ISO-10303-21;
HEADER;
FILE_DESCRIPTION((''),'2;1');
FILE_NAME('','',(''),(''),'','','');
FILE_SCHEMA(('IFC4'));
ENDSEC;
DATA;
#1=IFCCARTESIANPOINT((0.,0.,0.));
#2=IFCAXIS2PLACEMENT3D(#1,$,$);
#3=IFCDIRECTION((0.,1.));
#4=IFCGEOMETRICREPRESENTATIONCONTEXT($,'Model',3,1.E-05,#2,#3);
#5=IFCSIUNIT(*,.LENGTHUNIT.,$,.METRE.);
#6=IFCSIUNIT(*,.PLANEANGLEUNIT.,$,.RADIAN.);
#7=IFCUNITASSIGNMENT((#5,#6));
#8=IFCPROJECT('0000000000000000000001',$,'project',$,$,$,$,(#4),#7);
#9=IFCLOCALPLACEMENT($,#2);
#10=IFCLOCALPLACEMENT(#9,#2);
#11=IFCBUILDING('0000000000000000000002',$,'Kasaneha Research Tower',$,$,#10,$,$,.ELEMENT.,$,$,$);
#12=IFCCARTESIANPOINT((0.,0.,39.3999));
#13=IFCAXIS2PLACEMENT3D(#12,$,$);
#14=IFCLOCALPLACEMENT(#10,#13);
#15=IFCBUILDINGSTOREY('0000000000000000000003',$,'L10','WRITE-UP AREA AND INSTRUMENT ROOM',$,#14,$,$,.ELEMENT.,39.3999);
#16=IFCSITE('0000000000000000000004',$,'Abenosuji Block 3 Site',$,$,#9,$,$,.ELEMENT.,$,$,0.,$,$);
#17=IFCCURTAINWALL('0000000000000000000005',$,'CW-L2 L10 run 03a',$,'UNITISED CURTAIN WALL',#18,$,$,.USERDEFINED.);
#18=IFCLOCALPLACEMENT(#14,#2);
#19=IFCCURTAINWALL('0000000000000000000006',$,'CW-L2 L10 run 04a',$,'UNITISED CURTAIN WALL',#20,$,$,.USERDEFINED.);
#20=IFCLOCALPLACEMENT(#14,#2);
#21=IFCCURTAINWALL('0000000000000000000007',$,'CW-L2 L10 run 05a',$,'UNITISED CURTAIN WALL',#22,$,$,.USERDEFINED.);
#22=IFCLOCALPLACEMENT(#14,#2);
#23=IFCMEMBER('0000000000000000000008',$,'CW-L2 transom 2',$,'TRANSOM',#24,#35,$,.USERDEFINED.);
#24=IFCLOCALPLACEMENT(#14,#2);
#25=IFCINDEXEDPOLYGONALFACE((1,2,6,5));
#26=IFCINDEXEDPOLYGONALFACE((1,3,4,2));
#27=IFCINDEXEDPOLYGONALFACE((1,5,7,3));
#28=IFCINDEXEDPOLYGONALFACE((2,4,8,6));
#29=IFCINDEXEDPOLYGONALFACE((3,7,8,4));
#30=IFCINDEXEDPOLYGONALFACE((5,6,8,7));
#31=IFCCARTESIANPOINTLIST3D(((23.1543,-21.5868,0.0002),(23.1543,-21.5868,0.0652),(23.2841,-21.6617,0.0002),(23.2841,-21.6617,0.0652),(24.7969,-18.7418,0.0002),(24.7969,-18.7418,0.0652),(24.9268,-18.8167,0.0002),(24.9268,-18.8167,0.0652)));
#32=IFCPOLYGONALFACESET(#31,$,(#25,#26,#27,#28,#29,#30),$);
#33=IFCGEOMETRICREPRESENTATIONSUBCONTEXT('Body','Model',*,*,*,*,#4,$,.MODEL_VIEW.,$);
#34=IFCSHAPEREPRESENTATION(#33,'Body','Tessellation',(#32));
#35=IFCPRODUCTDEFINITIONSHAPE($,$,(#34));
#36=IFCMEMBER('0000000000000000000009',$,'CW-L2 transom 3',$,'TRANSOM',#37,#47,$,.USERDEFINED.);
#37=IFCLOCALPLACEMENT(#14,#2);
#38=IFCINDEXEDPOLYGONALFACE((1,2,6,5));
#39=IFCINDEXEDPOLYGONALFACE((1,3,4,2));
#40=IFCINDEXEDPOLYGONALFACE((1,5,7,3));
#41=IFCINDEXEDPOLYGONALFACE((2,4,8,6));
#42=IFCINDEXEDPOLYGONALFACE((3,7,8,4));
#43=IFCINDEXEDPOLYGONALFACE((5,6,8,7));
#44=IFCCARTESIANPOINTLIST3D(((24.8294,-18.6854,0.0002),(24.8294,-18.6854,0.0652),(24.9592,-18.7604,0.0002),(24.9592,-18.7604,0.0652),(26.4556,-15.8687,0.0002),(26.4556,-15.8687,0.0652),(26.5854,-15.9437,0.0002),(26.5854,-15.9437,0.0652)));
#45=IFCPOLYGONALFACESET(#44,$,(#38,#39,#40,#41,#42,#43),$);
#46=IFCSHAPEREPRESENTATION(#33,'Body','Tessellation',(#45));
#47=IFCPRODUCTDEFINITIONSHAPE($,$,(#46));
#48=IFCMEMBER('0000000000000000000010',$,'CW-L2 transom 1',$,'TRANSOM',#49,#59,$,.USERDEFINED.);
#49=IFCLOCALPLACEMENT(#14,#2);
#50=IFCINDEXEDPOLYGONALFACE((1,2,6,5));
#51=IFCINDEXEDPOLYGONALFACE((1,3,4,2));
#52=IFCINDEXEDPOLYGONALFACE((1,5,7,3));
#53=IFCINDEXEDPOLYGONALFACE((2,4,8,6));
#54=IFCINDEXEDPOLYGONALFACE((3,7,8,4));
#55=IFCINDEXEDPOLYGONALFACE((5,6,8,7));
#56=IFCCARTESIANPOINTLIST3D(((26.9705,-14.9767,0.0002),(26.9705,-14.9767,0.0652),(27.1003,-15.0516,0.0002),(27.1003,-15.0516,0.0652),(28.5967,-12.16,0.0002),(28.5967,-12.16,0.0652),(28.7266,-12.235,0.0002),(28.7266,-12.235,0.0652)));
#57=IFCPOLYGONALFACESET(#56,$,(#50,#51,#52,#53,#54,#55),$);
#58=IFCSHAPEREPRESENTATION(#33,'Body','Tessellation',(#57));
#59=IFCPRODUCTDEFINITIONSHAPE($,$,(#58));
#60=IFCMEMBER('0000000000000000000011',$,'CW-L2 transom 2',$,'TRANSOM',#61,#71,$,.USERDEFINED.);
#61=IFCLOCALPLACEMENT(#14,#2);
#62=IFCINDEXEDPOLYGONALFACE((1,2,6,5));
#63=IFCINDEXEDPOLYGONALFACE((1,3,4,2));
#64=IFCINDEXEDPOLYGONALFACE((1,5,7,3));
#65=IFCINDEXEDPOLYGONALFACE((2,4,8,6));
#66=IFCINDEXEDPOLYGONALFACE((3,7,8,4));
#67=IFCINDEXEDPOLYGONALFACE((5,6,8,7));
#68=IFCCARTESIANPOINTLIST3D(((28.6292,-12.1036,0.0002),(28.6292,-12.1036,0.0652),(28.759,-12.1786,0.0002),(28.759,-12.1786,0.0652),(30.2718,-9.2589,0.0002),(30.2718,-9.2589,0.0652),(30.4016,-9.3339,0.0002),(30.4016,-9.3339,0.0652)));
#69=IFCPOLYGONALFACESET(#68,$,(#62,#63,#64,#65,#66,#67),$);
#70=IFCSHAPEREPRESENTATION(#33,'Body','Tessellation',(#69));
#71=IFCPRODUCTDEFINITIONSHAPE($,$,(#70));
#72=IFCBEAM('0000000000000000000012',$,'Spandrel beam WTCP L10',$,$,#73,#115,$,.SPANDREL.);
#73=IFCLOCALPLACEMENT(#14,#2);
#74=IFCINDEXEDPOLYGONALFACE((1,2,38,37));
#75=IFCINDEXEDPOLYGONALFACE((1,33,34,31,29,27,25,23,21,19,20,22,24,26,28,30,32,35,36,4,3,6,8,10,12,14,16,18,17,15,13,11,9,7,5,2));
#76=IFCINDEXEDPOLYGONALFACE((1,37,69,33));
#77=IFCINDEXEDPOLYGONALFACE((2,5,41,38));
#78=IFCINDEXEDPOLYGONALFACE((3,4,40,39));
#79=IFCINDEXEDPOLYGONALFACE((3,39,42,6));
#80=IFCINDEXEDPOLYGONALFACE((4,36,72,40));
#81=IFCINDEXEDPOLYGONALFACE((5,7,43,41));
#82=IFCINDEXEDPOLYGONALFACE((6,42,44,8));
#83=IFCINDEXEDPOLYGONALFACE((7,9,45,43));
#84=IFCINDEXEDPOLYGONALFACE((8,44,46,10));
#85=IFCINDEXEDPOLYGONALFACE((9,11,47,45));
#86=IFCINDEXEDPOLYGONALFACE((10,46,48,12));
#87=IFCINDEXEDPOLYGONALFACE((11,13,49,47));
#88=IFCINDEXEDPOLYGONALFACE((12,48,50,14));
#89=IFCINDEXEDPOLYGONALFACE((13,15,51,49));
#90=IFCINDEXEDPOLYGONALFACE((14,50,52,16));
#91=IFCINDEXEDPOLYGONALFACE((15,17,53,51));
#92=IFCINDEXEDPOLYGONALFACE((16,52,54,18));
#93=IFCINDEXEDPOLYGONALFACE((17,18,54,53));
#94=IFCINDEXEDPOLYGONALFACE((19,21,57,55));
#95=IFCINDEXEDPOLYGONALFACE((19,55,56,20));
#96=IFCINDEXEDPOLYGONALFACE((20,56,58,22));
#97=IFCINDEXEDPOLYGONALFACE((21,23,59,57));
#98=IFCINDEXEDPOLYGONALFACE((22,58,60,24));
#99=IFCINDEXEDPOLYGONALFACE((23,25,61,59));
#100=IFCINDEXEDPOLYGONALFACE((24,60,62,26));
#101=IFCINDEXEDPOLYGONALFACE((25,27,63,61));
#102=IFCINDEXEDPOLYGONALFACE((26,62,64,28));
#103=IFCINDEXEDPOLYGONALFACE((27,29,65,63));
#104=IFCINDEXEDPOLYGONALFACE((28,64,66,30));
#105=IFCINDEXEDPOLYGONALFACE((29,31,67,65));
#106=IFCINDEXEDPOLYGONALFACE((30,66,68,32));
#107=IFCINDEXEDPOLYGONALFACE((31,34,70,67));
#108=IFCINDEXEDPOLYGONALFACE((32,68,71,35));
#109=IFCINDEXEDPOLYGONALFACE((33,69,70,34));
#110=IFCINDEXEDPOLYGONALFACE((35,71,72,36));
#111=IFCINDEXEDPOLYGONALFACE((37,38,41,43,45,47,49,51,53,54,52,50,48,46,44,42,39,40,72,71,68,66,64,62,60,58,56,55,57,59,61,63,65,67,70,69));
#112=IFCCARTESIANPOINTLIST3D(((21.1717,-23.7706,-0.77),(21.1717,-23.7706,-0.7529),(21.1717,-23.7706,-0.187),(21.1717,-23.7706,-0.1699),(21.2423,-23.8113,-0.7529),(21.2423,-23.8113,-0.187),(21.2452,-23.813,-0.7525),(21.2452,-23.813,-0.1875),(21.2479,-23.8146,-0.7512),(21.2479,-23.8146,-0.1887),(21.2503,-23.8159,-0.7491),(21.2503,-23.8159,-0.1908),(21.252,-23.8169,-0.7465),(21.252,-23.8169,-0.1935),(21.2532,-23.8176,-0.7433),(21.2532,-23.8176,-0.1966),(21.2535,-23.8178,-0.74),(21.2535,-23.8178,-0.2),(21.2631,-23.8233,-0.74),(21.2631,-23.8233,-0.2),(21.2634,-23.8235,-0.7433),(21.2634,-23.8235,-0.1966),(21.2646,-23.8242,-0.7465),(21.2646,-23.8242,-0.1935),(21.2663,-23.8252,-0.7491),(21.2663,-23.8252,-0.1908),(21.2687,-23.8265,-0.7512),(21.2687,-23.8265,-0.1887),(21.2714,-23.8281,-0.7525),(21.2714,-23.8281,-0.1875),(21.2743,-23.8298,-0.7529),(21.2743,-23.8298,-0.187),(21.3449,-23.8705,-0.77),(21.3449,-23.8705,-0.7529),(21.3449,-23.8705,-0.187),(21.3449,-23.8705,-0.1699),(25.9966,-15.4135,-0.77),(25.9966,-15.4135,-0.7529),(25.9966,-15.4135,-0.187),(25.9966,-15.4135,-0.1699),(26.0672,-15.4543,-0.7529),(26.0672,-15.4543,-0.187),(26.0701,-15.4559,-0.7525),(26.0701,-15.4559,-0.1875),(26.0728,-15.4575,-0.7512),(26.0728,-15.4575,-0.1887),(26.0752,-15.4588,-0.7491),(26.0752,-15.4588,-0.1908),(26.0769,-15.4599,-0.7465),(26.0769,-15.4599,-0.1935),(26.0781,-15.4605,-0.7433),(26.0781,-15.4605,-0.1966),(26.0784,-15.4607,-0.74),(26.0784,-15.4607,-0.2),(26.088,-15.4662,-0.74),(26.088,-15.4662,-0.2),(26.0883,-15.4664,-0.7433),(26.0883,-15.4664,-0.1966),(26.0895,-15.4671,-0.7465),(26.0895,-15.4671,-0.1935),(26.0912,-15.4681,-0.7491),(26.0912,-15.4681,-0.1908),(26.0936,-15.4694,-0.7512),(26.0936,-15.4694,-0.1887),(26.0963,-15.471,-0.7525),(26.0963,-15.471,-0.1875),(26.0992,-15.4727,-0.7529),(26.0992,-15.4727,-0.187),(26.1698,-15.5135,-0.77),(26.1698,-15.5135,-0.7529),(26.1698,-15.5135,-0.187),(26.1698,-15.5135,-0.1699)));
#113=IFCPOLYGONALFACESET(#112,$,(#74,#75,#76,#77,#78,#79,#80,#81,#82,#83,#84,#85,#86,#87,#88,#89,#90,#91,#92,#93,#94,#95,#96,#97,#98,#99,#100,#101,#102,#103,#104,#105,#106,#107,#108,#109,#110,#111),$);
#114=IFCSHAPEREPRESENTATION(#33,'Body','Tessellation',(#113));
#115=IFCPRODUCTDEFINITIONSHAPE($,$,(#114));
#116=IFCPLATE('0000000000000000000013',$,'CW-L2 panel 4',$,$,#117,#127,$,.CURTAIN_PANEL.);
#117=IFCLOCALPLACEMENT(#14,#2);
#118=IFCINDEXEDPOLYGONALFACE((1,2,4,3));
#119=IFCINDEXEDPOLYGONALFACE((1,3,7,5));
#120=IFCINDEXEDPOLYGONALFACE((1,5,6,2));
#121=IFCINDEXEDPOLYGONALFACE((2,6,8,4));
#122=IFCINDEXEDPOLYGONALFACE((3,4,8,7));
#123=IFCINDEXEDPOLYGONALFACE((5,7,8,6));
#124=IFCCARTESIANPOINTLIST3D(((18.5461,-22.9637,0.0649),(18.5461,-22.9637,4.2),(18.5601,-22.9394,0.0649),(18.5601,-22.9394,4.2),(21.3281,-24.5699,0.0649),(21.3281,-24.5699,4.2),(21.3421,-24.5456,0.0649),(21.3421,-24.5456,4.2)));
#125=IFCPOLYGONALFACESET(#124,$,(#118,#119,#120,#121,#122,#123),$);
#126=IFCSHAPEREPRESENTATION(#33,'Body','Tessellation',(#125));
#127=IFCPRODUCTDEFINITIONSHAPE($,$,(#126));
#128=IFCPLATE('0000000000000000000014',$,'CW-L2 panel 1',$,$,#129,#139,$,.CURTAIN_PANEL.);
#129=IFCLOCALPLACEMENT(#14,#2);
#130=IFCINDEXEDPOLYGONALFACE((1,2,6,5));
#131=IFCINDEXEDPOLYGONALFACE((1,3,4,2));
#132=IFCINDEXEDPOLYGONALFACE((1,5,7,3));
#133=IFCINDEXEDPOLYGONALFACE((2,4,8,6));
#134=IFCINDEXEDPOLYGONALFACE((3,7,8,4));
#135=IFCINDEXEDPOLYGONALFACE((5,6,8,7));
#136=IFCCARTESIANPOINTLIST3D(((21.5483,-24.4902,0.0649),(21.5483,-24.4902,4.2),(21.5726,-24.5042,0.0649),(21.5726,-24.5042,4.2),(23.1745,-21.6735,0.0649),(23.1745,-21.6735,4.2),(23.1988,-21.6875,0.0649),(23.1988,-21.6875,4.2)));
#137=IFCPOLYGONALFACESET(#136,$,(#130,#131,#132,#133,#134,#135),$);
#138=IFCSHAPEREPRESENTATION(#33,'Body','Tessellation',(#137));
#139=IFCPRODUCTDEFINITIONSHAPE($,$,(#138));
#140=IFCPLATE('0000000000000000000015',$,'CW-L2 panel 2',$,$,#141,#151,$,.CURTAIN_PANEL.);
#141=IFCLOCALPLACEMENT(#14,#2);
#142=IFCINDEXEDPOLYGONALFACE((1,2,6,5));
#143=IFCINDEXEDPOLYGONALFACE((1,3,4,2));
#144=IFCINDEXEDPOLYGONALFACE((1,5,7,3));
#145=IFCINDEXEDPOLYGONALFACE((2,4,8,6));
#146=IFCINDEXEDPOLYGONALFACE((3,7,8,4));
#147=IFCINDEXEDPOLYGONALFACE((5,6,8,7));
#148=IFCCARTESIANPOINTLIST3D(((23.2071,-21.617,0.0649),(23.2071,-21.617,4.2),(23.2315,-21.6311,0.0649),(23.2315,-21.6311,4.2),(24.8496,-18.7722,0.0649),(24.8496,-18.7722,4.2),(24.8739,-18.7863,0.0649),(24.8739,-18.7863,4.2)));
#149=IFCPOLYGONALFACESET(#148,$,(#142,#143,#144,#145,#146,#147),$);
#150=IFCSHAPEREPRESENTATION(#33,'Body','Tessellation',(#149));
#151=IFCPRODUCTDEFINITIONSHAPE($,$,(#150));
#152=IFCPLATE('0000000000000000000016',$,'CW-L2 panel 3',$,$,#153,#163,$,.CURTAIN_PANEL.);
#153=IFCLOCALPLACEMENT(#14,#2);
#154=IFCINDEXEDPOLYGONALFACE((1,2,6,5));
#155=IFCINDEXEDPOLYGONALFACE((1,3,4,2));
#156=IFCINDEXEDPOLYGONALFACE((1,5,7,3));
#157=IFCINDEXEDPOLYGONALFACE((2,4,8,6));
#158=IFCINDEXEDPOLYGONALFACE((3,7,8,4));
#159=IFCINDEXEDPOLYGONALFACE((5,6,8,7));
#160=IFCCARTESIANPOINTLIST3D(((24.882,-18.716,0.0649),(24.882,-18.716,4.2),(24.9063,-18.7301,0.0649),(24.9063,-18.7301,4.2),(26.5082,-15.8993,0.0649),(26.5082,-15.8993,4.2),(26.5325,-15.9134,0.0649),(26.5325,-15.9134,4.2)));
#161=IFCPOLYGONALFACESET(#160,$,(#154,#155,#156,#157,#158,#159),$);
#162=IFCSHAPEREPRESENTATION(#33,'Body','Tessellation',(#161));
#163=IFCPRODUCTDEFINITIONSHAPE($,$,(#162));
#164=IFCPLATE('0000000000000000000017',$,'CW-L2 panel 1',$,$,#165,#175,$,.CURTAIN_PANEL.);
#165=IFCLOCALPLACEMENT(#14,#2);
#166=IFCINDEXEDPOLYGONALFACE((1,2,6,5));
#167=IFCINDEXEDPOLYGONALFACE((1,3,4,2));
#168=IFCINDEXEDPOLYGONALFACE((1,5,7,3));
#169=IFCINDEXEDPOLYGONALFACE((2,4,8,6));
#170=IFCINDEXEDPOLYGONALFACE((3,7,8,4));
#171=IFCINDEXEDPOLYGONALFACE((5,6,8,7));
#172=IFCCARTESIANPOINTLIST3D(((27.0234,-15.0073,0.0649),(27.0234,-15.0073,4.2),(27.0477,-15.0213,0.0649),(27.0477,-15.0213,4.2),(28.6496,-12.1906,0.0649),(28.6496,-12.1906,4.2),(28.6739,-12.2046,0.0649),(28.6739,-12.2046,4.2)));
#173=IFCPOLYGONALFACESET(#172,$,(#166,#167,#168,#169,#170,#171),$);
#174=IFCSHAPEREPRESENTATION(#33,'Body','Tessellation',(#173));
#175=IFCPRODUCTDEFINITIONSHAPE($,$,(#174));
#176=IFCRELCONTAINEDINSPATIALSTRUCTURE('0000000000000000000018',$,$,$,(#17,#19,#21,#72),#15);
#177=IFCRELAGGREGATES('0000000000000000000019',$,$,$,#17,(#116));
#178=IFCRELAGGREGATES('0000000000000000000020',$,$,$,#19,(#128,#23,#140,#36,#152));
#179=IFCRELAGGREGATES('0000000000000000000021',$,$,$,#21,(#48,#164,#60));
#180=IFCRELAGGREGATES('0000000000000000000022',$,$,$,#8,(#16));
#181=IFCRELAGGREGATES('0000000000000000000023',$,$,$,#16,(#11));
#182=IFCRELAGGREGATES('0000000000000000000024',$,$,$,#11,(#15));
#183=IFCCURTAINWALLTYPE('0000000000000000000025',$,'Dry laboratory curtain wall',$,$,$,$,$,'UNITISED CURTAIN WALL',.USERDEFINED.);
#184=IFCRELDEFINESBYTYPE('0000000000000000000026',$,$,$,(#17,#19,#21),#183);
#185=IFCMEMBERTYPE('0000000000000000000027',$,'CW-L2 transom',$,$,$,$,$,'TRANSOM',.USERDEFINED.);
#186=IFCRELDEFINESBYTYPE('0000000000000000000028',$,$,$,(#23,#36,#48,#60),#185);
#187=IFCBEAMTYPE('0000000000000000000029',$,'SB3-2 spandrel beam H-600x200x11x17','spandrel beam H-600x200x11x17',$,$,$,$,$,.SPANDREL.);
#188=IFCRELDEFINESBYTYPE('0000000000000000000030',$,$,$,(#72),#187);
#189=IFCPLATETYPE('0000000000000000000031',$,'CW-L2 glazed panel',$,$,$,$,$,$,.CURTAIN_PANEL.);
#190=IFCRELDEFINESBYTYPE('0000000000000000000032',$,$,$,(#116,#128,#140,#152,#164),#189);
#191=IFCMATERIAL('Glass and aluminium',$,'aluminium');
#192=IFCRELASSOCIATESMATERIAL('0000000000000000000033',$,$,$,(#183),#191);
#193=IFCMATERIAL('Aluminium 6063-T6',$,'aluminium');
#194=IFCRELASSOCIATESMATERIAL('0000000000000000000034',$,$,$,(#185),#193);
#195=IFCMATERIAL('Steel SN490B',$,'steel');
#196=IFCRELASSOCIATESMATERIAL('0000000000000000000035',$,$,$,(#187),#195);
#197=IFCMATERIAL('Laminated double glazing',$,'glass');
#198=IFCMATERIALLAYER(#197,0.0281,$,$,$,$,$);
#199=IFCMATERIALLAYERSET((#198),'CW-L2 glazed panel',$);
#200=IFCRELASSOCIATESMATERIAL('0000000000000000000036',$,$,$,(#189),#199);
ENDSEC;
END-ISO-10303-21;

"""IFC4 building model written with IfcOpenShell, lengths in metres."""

from ifc_helpers import new_model, si_unit, direction, frame, origin, origin_2d, place, context, subcontext, project, spatial, rectangle, i_section, extrude, material, layer, layer_set, material_profile, profile_set, type_object, element, aggregate, save


model = new_model("IFC4")

# Units and contexts
model_context = context("Model", 3, precision=1e-05, world=origin(), true_north=direction((0.0, 1.0)))
body_context = subcontext(model_context, "Body", "Model", "MODEL_VIEW")
ifc_project = project(units=[si_unit("LENGTHUNIT", "METRE"), si_unit("PLANEANGLEUNIT", "RADIAN")], contexts=[model_context])

# Site, building, storey
site_placement = place(None, origin())
site = spatial("IfcSite", under=ifc_project, at=site_placement, Name="Abenosuji Block 3 Site", CompositionType="ELEMENT", RefElevation=0.0)
building_placement = place(site_placement, origin())
building = spatial("IfcBuilding", under=site, at=building_placement, Name="Kasaneha Research Tower", CompositionType="ELEMENT")
storey_placement = place(building_placement, frame((0.0, 0.0, 39.3999)))
storey = spatial("IfcBuildingStorey", under=building, at=storey_placement, Name="L10", Description="WRITE-UP AREA AND INSTRUMENT ROOM", CompositionType="ELEMENT", Elevation=39.3999)

# Curtain wall
ifc_material_1 = material(Name="Glass and aluminium", Category="aluminium")
curtain_wall_type = type_object("IfcCurtainWallType", Name="Dry laboratory curtain wall", ElementType="UNITISED CURTAIN WALL", PredefinedType="USERDEFINED", material=ifc_material_1)
curtain_wall_1_placement = place(storey_placement, origin())
curtain_wall_1 = element("IfcCurtainWall", 1, at=curtain_wall_1_placement, inside=storey, type_object=curtain_wall_type, Name="CW-L2 L10 run 03a", ObjectType="UNITISED CURTAIN WALL", PredefinedType="USERDEFINED")

# Curtain walls
curtain_wall_2_placement = place(storey_placement, origin())
curtain_wall_2 = element("IfcCurtainWall", 2, at=curtain_wall_2_placement, inside=storey, type_object=curtain_wall_type, Name="CW-L2 L10 run 04a", ObjectType="UNITISED CURTAIN WALL", PredefinedType="USERDEFINED")
curtain_wall_3_placement = place(storey_placement, origin())
curtain_wall_3 = element("IfcCurtainWall", 3, at=curtain_wall_3_placement, inside=storey, type_object=curtain_wall_type, Name="CW-L2 L10 run 05a", ObjectType="UNITISED CURTAIN WALL", PredefinedType="USERDEFINED")

# Members
ifc_material_2 = material(Name="Aluminium 6063-T6", Category="aluminium")
ifc_material_profile_1 = material_profile(ifc_material_2, rectangle(XDim=0.1499, YDim=0.0649, at=origin_2d()), Name="CW-L2 transom 150x65")
ifc_profile_set_1 = profile_set([ifc_material_profile_1], Name="Aluminium 6063-T6")
member_type_1 = type_object("IfcMemberType", Name="CW-L2 transom", ElementType="TRANSOM", PredefinedType="USERDEFINED", material=ifc_profile_set_1)
member_1_placement = place(storey_placement, frame((23.2192, -21.6243, 0.0327), z_axis=(0.500008, 0.866021, 0.0), x_axis=(-0.866021, 0.500008, 0.0)))
member_1 = element("IfcMember", 4, at=member_1_placement, type_object=member_type_1, Name="CW-L2 transom 2", ObjectType="TRANSOM", PredefinedType="USERDEFINED", context=body_context, shape_type="SweptSolid", body=[
    extrude(rectangle(XDim=0.1499, YDim=0.0649, at=origin_2d()), origin(), (0.0, 0.0, 1.0), 3.2852),
])
member_2_placement = place(storey_placement, frame((24.8943, -18.7229, 0.0327), z_axis=(0.500006, 0.866022, 0.0), x_axis=(-0.866022, 0.500006, 0.0)))
member_2 = element("IfcMember", 5, at=member_2_placement, type_object=member_type_1, Name="CW-L2 transom 3", ObjectType="TRANSOM", PredefinedType="USERDEFINED", context=body_context, shape_type="SweptSolid", body=[
    extrude(rectangle(XDim=0.1499, YDim=0.0649, at=origin_2d()), origin(), (0.0, 0.0, 1.0), 3.2524),
])
member_3_placement = place(storey_placement, frame((27.0354, -15.0142, 0.0327), z_axis=(0.500006, 0.866022, 0.0), x_axis=(-0.866022, 0.500006, 0.0)))
member_3 = element("IfcMember", 6, at=member_3_placement, type_object=member_type_1, Name="CW-L2 transom 1", ObjectType="TRANSOM", PredefinedType="USERDEFINED", context=body_context, shape_type="SweptSolid", body=[
    extrude(rectangle(XDim=0.1499, YDim=0.0649, at=origin_2d()), origin(), (0.0, 0.0, 1.0), 3.2524),
])
member_4_placement = place(storey_placement, frame((28.6941, -12.1411, 0.0327), z_axis=(0.50004, 0.866002, 0.0), x_axis=(-0.866002, 0.50004, 0.0)))
member_4 = element("IfcMember", 7, at=member_4_placement, type_object=member_type_1, Name="CW-L2 transom 2", ObjectType="TRANSOM", PredefinedType="USERDEFINED", context=body_context, shape_type="SweptSolid", body=[
    extrude(rectangle(XDim=0.1499, YDim=0.0649, at=origin_2d()), origin(), (0.0, 0.0, 1.0), 3.2849),
])

# Beam
ifc_material_3 = material(Name="Steel SN490B", Category="steel")
ifc_material_profile_2 = material_profile(ifc_material_3, i_section(OverallWidth=0.2, OverallDepth=0.6001, WebThickness=0.011, FlangeThickness=0.0171, FilletRadius=0.0129, at=origin_2d()), Name="H-600x200x11x17")
ifc_profile_set_2 = profile_set([ifc_material_profile_2], Name="Steel SN490B")
beam_type_1 = type_object("IfcBeamType", Name="SB3-2 spandrel beam H-600x200x11x17", Description="spandrel beam H-600x200x11x17", PredefinedType="SPANDREL", material=ifc_profile_set_2)
beam_1_placement = place(storey_placement, frame((21.2583, -23.8206, -0.47), z_axis=(0.499995, 0.866028, 0.0), x_axis=(-0.866028, 0.499995, 0.0)))
element("IfcBeam", 8, at=beam_1_placement, inside=storey, type_object=beam_type_1, Name="Spandrel beam WTCP L10", PredefinedType="SPANDREL", context=body_context, shape_type="SweptSolid", body=[
    extrude(i_section(OverallWidth=0.2, OverallDepth=0.6001, WebThickness=0.011, FlangeThickness=0.0171, FilletRadius=0.0129, at=origin_2d()), origin(), (0.0, 0.0, 1.0), 9.6499),
])

# Plates
ifc_material_4 = material(Name="Laminated double glazing", Category="glass")
ifc_layer_1 = layer(ifc_material_4, 0.0281)
ifc_layer_set_1 = layer_set([ifc_layer_1], Name="CW-L2 glazed panel")
plate_type = type_object("IfcPlateType", Name="CW-L2 glazed panel", PredefinedType="CURTAIN_PANEL", material=ifc_layer_set_1)
plate_1_placement = place(storey_placement, frame((19.9441, -23.7546, 0.0649), z_axis=(0.0, 0.0, 1.0), x_axis=(0.866025, -0.5, 0.0)))
plate_1 = element("IfcPlate", 9, at=plate_1_placement, type_object=plate_type, Name="CW-L2 panel 4", PredefinedType="CURTAIN_PANEL", context=body_context, shape_type="SweptSolid", body=[
    extrude(rectangle(XDim=3.2124, YDim=0.0281, at=origin_2d()), origin(), (0.0, 0.0, 1.0), 4.135),
])
aggregate(curtain_wall_1, [plate_1])
plate_2_placement = place(storey_placement, frame((22.3735, -23.0889, 0.0649), z_axis=(0.0, 0.0, 1.0), x_axis=(0.5, 0.866025, 0.0)))
plate_2 = element("IfcPlate", 10, at=plate_2_placement, type_object=plate_type, Name="CW-L2 panel 1", PredefinedType="CURTAIN_PANEL", context=body_context, shape_type="SweptSolid", body=[
    extrude(rectangle(XDim=3.2524, YDim=0.0281, at=origin_2d()), origin(), (0.0, 0.0, 1.0), 4.135),
])
plate_3_placement = place(storey_placement, frame((24.0405, -20.2017, 0.0649), z_axis=(0.0, 0.0, 1.0), x_axis=(0.5, 0.866025, 0.0)))
plate_3 = element("IfcPlate", 11, at=plate_3_placement, type_object=plate_type, Name="CW-L2 panel 2", PredefinedType="CURTAIN_PANEL", context=body_context, shape_type="SweptSolid", body=[
    extrude(rectangle(XDim=3.2849, YDim=0.0281, at=origin_2d()), origin(), (0.0, 0.0, 1.0), 4.135),
])
plate_4_placement = place(storey_placement, frame((25.7073, -17.3147, 0.0649), z_axis=(0.0, 0.0, 1.0), x_axis=(0.5, 0.866025, 0.0)))
plate_4 = element("IfcPlate", 12, at=plate_4_placement, type_object=plate_type, Name="CW-L2 panel 3", PredefinedType="CURTAIN_PANEL", context=body_context, shape_type="SweptSolid", body=[
    extrude(rectangle(XDim=3.2524, YDim=0.0281, at=origin_2d()), origin(), (0.0, 0.0, 1.0), 4.135),
])
aggregate(curtain_wall_2, [plate_2, member_1, plate_3, member_2, plate_4])
plate_5_placement = place(storey_placement, frame((27.8486, -13.606, 0.0649), z_axis=(0.0, 0.0, 1.0), x_axis=(0.5, 0.866025, 0.0)))
plate_5 = element("IfcPlate", 13, at=plate_5_placement, type_object=plate_type, Name="CW-L2 panel 1", PredefinedType="CURTAIN_PANEL", context=body_context, shape_type="SweptSolid", body=[
    extrude(rectangle(XDim=3.2524, YDim=0.0281, at=origin_2d()), origin(), (0.0, 0.0, 1.0), 4.135),
])
aggregate(curtain_wall_3, [member_3, plate_5, member_4])

save(model, "model.ifc")
